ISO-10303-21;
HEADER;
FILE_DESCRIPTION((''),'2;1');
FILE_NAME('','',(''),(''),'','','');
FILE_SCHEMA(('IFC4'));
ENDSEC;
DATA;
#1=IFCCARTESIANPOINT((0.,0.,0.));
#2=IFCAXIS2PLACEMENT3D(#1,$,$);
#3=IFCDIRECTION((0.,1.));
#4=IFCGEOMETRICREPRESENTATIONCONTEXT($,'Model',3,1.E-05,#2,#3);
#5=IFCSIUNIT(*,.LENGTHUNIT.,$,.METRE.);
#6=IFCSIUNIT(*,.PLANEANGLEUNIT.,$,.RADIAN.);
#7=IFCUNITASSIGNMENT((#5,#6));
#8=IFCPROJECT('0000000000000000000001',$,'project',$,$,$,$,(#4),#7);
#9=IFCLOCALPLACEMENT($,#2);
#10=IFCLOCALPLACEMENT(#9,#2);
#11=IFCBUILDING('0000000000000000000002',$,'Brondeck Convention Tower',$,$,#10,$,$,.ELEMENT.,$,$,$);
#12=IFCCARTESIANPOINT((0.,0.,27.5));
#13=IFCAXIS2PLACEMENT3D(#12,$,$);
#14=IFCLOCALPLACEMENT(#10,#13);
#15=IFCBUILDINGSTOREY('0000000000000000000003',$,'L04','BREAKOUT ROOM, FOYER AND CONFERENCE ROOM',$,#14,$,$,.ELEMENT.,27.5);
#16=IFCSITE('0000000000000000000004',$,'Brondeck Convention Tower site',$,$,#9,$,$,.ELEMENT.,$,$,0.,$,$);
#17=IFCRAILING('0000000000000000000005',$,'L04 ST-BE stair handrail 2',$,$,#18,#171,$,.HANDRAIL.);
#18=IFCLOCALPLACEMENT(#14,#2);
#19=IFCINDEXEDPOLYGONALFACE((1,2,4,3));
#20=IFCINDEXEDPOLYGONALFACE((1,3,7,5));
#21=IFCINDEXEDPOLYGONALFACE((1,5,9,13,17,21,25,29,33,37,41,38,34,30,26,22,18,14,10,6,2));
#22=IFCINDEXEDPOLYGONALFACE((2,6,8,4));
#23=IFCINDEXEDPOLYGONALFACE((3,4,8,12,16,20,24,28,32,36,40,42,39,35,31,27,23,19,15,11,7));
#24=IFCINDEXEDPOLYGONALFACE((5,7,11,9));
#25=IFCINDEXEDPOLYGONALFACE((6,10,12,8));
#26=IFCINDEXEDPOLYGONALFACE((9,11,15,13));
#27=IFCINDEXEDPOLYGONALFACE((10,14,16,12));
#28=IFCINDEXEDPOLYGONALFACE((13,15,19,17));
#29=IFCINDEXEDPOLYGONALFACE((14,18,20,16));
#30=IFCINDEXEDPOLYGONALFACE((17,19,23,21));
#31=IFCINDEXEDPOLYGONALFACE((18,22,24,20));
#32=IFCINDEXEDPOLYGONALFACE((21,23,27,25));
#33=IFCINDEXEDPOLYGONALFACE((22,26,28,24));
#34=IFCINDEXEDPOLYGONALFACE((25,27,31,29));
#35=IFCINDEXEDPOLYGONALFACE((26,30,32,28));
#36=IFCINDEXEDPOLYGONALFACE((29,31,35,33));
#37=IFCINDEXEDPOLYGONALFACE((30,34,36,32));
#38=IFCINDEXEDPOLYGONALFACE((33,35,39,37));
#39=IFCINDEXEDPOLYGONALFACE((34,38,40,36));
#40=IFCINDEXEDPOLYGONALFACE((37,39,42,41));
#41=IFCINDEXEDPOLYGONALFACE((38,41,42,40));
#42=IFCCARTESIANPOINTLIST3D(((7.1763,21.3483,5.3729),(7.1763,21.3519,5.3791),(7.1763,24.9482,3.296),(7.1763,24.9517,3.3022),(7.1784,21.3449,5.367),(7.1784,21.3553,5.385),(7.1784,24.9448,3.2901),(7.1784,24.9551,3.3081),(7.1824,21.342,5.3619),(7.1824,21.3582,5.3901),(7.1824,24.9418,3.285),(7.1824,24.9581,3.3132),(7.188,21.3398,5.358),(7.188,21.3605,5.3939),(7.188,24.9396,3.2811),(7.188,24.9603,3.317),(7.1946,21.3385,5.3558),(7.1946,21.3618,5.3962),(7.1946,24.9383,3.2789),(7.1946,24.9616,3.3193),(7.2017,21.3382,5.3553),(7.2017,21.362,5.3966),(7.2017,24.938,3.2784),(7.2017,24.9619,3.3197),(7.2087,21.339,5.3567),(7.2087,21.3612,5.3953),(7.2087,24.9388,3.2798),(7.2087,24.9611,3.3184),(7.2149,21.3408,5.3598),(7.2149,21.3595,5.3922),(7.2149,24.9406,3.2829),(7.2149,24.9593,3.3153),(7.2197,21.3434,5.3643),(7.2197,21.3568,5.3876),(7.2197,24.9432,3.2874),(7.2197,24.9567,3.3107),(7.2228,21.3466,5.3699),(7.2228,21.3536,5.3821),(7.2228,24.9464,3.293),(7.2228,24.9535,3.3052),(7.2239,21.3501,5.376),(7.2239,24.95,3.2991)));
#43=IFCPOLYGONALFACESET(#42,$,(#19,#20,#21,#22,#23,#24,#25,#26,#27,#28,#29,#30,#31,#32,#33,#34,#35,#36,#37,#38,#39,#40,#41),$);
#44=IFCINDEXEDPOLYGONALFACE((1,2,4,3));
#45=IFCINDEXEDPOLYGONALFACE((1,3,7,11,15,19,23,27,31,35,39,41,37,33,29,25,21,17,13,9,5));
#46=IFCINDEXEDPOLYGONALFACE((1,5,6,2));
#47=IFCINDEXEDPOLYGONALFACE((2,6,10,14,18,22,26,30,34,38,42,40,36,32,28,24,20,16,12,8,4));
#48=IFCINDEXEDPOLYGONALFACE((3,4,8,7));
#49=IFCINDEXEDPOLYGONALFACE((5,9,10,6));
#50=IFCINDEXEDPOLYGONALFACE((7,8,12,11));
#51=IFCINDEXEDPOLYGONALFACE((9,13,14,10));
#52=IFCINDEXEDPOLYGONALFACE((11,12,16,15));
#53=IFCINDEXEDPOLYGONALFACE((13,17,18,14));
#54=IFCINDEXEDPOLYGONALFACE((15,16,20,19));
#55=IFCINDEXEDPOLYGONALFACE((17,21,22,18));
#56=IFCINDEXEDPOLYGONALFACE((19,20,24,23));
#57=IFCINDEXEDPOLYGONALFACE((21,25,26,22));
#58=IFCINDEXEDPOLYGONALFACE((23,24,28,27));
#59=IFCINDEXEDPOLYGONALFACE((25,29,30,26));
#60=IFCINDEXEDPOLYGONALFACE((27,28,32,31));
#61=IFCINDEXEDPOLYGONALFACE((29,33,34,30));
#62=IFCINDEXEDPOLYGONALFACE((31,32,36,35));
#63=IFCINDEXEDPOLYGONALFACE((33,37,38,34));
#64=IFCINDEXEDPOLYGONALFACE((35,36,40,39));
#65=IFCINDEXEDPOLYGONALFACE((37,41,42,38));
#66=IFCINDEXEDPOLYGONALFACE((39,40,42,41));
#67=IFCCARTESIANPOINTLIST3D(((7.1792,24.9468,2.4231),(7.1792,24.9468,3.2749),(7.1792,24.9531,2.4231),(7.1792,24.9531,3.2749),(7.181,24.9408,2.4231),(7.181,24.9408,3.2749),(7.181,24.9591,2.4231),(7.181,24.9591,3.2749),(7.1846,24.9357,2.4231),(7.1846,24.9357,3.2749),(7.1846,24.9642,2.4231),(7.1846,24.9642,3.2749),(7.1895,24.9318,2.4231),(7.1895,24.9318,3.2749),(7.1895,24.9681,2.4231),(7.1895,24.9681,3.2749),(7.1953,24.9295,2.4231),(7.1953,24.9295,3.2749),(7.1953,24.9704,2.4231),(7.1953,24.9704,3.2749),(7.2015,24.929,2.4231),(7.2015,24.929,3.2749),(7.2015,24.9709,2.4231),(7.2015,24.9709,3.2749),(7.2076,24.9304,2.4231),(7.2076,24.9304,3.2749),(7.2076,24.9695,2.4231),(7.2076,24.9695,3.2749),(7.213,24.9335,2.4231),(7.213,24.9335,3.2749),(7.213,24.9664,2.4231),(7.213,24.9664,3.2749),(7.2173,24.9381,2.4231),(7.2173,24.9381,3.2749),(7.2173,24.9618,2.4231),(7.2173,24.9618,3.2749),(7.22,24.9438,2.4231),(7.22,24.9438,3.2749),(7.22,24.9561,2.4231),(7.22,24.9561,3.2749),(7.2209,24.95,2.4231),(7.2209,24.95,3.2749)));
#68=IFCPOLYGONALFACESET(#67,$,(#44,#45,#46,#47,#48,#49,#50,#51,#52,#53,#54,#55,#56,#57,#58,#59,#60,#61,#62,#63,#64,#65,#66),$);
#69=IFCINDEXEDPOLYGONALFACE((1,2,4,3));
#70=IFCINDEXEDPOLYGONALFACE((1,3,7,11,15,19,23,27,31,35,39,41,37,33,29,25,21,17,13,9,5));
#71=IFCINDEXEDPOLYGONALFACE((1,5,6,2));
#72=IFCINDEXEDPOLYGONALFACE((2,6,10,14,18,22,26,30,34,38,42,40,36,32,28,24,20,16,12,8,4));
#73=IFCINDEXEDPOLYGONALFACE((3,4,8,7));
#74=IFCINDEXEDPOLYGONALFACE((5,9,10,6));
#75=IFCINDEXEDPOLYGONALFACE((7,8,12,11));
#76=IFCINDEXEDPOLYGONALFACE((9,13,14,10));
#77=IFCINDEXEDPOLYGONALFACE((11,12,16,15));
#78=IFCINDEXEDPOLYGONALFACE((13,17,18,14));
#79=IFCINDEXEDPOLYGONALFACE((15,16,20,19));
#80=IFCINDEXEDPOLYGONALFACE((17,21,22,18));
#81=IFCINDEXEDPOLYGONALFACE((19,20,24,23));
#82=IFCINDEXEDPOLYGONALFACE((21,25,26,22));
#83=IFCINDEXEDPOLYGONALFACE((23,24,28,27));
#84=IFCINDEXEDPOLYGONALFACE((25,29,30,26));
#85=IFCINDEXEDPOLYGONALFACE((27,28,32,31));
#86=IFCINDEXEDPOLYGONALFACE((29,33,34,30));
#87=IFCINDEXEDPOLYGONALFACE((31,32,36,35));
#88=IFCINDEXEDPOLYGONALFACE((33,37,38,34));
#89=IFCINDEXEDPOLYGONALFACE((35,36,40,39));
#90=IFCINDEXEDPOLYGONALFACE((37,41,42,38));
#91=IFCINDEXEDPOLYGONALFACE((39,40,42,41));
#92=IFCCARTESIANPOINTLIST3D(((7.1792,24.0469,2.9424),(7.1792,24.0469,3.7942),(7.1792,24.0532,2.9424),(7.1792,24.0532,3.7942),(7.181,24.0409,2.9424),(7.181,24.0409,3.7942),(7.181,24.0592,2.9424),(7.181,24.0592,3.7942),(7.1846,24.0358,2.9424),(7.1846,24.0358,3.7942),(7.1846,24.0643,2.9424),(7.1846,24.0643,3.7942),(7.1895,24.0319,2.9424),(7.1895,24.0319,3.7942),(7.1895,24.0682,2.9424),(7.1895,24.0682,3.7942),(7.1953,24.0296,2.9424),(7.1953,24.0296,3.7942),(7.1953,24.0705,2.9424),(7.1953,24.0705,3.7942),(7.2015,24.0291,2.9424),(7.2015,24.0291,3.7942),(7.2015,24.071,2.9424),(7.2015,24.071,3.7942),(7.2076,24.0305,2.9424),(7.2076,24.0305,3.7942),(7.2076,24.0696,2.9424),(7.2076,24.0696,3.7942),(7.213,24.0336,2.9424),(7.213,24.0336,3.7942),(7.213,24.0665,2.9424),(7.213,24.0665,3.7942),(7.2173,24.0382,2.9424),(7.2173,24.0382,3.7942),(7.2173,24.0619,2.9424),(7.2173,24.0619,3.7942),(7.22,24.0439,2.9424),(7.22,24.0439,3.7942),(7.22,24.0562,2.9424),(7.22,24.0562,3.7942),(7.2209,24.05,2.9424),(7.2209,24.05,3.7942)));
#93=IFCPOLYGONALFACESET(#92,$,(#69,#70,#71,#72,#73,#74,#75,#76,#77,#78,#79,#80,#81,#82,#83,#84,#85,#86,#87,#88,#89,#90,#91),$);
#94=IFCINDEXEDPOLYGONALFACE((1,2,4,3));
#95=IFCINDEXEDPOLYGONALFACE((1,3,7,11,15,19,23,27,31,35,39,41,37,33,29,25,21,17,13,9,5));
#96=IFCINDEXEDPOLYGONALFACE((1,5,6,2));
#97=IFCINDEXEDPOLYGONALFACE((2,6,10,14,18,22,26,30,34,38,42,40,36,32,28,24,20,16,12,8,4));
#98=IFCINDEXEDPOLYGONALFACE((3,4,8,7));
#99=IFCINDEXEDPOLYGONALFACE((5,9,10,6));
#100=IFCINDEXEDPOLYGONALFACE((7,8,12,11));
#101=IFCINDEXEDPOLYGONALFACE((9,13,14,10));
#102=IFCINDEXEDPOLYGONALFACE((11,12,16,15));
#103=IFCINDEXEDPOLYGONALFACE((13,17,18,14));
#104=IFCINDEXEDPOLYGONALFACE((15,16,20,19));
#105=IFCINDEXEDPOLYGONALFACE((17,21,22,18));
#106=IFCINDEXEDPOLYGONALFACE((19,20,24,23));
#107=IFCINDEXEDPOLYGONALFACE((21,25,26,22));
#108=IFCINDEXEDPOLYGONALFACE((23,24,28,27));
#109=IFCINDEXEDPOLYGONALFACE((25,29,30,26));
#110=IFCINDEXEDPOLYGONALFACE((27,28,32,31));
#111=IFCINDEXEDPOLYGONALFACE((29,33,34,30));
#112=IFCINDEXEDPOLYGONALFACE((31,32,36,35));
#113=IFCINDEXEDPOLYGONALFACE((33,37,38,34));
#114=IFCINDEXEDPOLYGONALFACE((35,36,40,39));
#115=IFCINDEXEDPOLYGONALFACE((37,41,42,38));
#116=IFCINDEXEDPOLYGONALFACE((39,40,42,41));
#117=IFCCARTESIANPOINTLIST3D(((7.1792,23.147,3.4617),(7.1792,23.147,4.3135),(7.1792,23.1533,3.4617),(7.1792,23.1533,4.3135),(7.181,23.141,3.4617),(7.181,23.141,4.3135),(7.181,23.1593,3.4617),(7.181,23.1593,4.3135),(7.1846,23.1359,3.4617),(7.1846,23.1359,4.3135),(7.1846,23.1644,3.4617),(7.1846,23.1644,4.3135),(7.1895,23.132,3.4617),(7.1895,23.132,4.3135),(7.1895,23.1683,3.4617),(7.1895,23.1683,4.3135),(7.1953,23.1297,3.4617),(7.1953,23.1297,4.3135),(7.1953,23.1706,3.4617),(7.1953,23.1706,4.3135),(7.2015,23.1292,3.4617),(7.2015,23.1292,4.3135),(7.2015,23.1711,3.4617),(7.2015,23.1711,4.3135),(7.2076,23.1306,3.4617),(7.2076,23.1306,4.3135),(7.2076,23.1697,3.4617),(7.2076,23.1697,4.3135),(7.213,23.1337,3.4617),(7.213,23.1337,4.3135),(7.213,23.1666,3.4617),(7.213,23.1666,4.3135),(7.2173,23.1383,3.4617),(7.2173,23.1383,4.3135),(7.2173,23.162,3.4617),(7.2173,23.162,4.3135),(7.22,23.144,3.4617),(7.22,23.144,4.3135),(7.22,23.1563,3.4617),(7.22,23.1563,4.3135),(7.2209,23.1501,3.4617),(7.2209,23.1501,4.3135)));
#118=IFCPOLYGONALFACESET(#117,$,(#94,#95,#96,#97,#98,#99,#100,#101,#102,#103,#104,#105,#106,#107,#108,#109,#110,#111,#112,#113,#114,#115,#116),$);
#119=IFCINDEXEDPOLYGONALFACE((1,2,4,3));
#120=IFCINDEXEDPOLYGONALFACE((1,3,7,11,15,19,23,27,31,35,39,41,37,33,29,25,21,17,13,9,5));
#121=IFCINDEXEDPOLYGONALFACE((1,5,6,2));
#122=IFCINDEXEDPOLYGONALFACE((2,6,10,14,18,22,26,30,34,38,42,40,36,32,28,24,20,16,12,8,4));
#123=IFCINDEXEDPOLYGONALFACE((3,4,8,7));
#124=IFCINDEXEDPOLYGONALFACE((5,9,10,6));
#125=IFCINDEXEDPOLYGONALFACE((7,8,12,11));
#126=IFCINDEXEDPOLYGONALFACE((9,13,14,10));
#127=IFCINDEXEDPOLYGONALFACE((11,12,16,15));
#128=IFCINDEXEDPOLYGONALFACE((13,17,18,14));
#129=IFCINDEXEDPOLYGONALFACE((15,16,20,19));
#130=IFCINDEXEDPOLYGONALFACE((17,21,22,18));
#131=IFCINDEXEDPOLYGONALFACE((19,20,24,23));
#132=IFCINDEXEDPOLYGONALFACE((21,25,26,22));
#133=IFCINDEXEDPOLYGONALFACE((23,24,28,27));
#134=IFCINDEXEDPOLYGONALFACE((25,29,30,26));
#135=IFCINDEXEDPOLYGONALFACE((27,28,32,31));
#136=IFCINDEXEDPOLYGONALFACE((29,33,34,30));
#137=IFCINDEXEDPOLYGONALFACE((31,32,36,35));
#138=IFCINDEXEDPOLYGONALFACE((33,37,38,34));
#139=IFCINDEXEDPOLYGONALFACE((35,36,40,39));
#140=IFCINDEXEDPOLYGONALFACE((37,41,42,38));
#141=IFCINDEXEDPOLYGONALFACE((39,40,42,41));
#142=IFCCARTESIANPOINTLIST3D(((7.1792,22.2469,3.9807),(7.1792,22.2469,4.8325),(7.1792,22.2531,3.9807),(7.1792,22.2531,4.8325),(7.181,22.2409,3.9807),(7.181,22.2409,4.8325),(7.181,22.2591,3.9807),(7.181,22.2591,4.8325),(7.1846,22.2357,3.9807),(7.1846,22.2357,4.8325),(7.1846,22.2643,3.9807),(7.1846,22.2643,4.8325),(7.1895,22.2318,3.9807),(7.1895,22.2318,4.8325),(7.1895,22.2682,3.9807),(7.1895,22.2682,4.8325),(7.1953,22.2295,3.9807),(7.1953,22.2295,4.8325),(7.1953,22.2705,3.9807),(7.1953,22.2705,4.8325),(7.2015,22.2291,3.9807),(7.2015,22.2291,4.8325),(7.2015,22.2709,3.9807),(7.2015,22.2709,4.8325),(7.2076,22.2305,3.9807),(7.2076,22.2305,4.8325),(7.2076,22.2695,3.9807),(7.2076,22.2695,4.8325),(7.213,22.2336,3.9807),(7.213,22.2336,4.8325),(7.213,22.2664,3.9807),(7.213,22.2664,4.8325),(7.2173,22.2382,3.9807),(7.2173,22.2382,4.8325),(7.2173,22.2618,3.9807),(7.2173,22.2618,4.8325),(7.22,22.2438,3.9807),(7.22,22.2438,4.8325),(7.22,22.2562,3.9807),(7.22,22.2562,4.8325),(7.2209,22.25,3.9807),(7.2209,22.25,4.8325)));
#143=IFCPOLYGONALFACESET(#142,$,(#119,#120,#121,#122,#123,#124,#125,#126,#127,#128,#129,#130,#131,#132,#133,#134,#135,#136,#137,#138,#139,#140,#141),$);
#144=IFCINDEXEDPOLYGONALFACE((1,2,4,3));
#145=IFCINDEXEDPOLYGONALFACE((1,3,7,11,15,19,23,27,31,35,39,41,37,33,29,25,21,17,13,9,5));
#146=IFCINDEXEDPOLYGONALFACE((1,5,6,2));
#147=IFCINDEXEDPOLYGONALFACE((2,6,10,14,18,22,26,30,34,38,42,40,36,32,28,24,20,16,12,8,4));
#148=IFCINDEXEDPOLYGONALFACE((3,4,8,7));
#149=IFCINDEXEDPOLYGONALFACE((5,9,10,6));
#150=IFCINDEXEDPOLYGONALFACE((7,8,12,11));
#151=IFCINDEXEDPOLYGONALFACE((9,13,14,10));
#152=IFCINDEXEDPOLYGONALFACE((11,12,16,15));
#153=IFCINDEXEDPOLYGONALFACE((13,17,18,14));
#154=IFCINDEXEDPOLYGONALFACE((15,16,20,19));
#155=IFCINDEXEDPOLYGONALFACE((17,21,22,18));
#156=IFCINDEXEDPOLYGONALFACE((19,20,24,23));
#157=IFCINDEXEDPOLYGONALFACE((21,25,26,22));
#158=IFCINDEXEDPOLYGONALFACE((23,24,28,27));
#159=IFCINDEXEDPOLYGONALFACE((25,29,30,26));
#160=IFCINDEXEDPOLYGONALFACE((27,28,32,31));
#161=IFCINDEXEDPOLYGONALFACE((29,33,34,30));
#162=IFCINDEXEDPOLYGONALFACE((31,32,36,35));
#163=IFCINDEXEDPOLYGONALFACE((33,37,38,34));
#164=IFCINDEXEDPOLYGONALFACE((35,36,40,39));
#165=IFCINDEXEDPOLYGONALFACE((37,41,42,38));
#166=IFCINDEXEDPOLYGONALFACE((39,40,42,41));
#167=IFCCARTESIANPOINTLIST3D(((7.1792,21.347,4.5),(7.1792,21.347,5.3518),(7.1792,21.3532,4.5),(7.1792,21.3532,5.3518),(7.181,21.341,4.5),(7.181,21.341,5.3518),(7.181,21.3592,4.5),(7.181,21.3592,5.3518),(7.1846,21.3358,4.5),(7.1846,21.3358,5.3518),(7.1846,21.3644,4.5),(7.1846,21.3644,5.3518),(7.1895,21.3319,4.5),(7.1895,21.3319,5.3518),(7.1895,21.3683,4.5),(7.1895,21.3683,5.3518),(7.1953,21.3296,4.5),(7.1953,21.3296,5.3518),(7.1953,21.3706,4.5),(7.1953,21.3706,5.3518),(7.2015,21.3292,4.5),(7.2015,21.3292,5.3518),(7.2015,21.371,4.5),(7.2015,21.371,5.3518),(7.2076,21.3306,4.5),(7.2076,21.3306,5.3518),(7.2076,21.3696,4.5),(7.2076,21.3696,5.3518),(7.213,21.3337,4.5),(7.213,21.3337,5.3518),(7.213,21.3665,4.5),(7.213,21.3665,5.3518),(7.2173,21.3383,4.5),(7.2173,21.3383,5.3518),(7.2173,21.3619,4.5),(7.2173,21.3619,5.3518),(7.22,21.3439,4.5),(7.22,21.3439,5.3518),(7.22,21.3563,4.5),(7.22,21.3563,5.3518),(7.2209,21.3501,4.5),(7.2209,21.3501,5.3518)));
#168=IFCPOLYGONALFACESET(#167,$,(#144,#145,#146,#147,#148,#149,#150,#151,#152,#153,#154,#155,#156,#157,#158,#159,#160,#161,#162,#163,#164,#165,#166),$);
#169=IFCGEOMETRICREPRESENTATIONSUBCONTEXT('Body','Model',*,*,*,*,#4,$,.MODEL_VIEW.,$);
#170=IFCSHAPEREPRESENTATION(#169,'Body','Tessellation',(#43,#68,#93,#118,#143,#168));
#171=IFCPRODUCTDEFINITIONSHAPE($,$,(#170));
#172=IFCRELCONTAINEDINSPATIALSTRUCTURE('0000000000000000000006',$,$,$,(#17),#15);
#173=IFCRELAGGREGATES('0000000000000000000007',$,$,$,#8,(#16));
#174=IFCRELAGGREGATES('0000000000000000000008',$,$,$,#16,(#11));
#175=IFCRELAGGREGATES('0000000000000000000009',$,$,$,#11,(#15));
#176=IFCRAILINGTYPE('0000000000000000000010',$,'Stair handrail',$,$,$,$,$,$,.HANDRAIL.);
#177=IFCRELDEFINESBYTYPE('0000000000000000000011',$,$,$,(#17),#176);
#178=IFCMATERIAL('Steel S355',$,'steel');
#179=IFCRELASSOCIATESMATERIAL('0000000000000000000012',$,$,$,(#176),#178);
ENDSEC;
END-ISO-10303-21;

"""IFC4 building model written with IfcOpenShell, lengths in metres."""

from ifc_helpers import new_model, si_unit, direction, frame, origin, origin_2d, place, context, subcontext, project, spatial, circle, extrude, material, type_object, element, save


model = new_model("IFC4")

# Units and contexts
model_context = context("Model", 3, precision=1e-05, world=origin(), true_north=direction((0.0, 1.0)))
body_context = subcontext(model_context, "Body", "Model", "MODEL_VIEW")
ifc_project = project(units=[si_unit("LENGTHUNIT", "METRE"), si_unit("PLANEANGLEUNIT", "RADIAN")], contexts=[model_context])

# Site, building, storey
site_placement = place(None, origin())
site = spatial("IfcSite", under=ifc_project, at=site_placement, Name="Brondeck Convention Tower site", CompositionType="ELEMENT", RefElevation=0.0)
building_placement = place(site_placement, origin())
building = spatial("IfcBuilding", under=site, at=building_placement, Name="Brondeck Convention Tower", CompositionType="ELEMENT")
storey_placement = place(building_placement, frame((0.0, 0.0, 27.5)))
storey = spatial("IfcBuildingStorey", under=building, at=storey_placement, Name="L04", Description="BREAKOUT ROOM, FOYER AND CONFERENCE ROOM", CompositionType="ELEMENT", Elevation=27.5)

# Shared definitions
ifc_material_1 = material(Name="Steel S355", Category="steel")

# Railing
railing_type_1 = type_object("IfcRailingType", Name="Stair handrail", PredefinedType="HANDRAIL", material=ifc_material_1)
railing_1_placement = place(storey_placement, frame((7.2, 24.95, 2.4231)))
element("IfcRailing", 1, at=railing_1_placement, inside=storey, type_object=railing_type_1, Name="L04 ST-BE stair handrail 2", PredefinedType="HANDRAIL", context=body_context, shape_type="SweptSolid", body=[
    extrude(circle(Radius=0.0239, at=origin_2d()), frame((0.0, 0.0, 0.876), z_axis=(0.0, -0.866179, 0.499734), x_axis=(1.0, 0.0, 0.0)), (0.0, 0.0, 1.0), 4.156),
    extrude(circle(Radius=0.021, at=origin_2d()), origin(), (0.0, 0.0, 1.0), 0.8518),
    extrude(circle(Radius=0.021, at=origin_2d()), frame((0.0, -0.8999, 0.5193)), (0.0, 0.0, 1.0), 0.8518),
    extrude(circle(Radius=0.021, at=origin_2d()), frame((0.0, -1.7998, 1.0386)), (0.0, 0.0, 1.0), 0.8518),
    extrude(circle(Radius=0.021, at=origin_2d()), frame((0.0, -2.7, 1.5576)), (0.0, 0.0, 1.0), 0.8518),
    extrude(circle(Radius=0.021, at=origin_2d()), frame((0.0, -3.5999, 2.0769)), (0.0, 0.0, 1.0), 0.8518),
])

save(model, "model.ifc")
